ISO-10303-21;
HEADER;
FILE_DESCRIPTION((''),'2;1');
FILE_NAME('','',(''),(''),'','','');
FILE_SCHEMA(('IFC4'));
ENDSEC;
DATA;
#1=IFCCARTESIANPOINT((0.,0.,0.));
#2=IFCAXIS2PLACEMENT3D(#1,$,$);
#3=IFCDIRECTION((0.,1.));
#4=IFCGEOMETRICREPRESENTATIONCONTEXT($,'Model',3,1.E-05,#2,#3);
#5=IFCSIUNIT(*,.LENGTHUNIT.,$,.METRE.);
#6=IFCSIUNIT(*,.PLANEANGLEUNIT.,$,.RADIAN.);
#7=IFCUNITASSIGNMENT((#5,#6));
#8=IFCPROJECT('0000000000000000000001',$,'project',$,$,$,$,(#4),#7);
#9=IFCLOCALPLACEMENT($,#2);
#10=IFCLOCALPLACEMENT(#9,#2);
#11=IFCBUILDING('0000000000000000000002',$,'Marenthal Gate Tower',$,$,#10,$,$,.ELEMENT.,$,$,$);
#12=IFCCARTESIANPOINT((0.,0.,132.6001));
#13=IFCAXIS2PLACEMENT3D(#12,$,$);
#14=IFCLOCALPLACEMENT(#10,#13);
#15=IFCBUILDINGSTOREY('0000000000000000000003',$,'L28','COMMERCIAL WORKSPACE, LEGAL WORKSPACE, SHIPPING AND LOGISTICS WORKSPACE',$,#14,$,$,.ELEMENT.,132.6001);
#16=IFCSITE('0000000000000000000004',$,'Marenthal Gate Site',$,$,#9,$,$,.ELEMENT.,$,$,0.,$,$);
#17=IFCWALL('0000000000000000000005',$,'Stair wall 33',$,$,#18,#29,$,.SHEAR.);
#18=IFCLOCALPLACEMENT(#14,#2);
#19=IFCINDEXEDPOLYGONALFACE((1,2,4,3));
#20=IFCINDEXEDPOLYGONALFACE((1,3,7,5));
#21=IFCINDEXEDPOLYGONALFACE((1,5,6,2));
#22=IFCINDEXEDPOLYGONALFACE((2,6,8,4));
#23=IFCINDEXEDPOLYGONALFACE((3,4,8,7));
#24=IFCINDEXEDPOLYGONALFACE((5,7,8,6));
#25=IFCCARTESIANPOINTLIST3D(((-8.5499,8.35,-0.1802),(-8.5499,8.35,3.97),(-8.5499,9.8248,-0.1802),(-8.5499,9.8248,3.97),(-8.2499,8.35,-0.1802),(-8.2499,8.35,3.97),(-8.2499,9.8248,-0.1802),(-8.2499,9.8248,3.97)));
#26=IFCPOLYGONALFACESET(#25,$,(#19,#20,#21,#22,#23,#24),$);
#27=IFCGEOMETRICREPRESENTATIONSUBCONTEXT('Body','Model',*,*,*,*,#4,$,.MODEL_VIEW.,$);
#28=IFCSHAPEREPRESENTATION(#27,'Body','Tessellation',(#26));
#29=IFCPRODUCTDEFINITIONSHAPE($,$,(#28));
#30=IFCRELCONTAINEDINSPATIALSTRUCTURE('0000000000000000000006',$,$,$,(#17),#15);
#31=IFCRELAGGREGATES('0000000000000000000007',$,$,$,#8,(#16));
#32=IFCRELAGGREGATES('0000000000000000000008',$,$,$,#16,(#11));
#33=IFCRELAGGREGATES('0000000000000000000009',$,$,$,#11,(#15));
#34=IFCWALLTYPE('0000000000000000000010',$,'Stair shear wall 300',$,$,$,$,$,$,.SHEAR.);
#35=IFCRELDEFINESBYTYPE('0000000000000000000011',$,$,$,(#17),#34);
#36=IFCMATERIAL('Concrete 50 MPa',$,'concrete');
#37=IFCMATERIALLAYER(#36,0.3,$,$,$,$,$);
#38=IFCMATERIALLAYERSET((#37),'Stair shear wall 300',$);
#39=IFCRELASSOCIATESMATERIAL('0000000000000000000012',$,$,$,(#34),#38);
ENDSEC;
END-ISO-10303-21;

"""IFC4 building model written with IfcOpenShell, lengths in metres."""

from ifc_helpers import new_model, si_unit, direction, frame, frame_2d, origin, place, context, subcontext, project, spatial, rectangle, extrude, material, layer, layer_set, type_object, element, save


model = new_model("IFC4")

# Units and contexts
model_context = context("Model", 3, precision=1e-05, world=origin(), true_north=direction((0.0, 1.0)))
body_context = subcontext(model_context, "Body", "Model", "MODEL_VIEW")
ifc_project = project(units=[si_unit("LENGTHUNIT", "METRE"), si_unit("PLANEANGLEUNIT", "RADIAN")], contexts=[model_context])

# Site, building, storey
site_placement = place(None, origin())
site = spatial("IfcSite", under=ifc_project, at=site_placement, Name="Marenthal Gate Site", CompositionType="ELEMENT", RefElevation=0.0)
building_placement = place(site_placement, origin())
building = spatial("IfcBuilding", under=site, at=building_placement, Name="Marenthal Gate Tower", CompositionType="ELEMENT")
storey_placement = place(building_placement, frame((0.0, 0.0, 132.6001)))
storey = spatial("IfcBuildingStorey", under=building, at=storey_placement, Name="L28", Description="COMMERCIAL WORKSPACE, LEGAL WORKSPACE, SHIPPING AND LOGISTICS WORKSPACE", CompositionType="ELEMENT", Elevation=132.6001)

# Wall
ifc_material_1 = material(Name="Concrete 50 MPa", Category="concrete")
ifc_layer_1 = layer(ifc_material_1, 0.3)
ifc_layer_set_1 = layer_set([ifc_layer_1], Name="Stair shear wall 300")
wall_type_1 = type_object("IfcWallType", Name="Stair shear wall 300", PredefinedType="SHEAR", material=ifc_layer_set_1)
wall_1_placement = place(storey_placement, frame((-8.3999, 8.3501, -0.1802), z_axis=(0.0, 0.0, 1.0), x_axis=(0.0, 1.0, 0.0)))
element("IfcWall", 1, at=wall_1_placement, inside=storey, type_object=wall_type_1, Name="Stair wall 33", PredefinedType="SHEAR", context=body_context, shape_type="SweptSolid", body=[
    extrude(rectangle(XDim=1.4749, YDim=0.3, at=frame_2d((0.7373, 0.0))), origin(), (0.0, 0.0, 1.0), 4.1501),
])

save(model, "model.ifc")
